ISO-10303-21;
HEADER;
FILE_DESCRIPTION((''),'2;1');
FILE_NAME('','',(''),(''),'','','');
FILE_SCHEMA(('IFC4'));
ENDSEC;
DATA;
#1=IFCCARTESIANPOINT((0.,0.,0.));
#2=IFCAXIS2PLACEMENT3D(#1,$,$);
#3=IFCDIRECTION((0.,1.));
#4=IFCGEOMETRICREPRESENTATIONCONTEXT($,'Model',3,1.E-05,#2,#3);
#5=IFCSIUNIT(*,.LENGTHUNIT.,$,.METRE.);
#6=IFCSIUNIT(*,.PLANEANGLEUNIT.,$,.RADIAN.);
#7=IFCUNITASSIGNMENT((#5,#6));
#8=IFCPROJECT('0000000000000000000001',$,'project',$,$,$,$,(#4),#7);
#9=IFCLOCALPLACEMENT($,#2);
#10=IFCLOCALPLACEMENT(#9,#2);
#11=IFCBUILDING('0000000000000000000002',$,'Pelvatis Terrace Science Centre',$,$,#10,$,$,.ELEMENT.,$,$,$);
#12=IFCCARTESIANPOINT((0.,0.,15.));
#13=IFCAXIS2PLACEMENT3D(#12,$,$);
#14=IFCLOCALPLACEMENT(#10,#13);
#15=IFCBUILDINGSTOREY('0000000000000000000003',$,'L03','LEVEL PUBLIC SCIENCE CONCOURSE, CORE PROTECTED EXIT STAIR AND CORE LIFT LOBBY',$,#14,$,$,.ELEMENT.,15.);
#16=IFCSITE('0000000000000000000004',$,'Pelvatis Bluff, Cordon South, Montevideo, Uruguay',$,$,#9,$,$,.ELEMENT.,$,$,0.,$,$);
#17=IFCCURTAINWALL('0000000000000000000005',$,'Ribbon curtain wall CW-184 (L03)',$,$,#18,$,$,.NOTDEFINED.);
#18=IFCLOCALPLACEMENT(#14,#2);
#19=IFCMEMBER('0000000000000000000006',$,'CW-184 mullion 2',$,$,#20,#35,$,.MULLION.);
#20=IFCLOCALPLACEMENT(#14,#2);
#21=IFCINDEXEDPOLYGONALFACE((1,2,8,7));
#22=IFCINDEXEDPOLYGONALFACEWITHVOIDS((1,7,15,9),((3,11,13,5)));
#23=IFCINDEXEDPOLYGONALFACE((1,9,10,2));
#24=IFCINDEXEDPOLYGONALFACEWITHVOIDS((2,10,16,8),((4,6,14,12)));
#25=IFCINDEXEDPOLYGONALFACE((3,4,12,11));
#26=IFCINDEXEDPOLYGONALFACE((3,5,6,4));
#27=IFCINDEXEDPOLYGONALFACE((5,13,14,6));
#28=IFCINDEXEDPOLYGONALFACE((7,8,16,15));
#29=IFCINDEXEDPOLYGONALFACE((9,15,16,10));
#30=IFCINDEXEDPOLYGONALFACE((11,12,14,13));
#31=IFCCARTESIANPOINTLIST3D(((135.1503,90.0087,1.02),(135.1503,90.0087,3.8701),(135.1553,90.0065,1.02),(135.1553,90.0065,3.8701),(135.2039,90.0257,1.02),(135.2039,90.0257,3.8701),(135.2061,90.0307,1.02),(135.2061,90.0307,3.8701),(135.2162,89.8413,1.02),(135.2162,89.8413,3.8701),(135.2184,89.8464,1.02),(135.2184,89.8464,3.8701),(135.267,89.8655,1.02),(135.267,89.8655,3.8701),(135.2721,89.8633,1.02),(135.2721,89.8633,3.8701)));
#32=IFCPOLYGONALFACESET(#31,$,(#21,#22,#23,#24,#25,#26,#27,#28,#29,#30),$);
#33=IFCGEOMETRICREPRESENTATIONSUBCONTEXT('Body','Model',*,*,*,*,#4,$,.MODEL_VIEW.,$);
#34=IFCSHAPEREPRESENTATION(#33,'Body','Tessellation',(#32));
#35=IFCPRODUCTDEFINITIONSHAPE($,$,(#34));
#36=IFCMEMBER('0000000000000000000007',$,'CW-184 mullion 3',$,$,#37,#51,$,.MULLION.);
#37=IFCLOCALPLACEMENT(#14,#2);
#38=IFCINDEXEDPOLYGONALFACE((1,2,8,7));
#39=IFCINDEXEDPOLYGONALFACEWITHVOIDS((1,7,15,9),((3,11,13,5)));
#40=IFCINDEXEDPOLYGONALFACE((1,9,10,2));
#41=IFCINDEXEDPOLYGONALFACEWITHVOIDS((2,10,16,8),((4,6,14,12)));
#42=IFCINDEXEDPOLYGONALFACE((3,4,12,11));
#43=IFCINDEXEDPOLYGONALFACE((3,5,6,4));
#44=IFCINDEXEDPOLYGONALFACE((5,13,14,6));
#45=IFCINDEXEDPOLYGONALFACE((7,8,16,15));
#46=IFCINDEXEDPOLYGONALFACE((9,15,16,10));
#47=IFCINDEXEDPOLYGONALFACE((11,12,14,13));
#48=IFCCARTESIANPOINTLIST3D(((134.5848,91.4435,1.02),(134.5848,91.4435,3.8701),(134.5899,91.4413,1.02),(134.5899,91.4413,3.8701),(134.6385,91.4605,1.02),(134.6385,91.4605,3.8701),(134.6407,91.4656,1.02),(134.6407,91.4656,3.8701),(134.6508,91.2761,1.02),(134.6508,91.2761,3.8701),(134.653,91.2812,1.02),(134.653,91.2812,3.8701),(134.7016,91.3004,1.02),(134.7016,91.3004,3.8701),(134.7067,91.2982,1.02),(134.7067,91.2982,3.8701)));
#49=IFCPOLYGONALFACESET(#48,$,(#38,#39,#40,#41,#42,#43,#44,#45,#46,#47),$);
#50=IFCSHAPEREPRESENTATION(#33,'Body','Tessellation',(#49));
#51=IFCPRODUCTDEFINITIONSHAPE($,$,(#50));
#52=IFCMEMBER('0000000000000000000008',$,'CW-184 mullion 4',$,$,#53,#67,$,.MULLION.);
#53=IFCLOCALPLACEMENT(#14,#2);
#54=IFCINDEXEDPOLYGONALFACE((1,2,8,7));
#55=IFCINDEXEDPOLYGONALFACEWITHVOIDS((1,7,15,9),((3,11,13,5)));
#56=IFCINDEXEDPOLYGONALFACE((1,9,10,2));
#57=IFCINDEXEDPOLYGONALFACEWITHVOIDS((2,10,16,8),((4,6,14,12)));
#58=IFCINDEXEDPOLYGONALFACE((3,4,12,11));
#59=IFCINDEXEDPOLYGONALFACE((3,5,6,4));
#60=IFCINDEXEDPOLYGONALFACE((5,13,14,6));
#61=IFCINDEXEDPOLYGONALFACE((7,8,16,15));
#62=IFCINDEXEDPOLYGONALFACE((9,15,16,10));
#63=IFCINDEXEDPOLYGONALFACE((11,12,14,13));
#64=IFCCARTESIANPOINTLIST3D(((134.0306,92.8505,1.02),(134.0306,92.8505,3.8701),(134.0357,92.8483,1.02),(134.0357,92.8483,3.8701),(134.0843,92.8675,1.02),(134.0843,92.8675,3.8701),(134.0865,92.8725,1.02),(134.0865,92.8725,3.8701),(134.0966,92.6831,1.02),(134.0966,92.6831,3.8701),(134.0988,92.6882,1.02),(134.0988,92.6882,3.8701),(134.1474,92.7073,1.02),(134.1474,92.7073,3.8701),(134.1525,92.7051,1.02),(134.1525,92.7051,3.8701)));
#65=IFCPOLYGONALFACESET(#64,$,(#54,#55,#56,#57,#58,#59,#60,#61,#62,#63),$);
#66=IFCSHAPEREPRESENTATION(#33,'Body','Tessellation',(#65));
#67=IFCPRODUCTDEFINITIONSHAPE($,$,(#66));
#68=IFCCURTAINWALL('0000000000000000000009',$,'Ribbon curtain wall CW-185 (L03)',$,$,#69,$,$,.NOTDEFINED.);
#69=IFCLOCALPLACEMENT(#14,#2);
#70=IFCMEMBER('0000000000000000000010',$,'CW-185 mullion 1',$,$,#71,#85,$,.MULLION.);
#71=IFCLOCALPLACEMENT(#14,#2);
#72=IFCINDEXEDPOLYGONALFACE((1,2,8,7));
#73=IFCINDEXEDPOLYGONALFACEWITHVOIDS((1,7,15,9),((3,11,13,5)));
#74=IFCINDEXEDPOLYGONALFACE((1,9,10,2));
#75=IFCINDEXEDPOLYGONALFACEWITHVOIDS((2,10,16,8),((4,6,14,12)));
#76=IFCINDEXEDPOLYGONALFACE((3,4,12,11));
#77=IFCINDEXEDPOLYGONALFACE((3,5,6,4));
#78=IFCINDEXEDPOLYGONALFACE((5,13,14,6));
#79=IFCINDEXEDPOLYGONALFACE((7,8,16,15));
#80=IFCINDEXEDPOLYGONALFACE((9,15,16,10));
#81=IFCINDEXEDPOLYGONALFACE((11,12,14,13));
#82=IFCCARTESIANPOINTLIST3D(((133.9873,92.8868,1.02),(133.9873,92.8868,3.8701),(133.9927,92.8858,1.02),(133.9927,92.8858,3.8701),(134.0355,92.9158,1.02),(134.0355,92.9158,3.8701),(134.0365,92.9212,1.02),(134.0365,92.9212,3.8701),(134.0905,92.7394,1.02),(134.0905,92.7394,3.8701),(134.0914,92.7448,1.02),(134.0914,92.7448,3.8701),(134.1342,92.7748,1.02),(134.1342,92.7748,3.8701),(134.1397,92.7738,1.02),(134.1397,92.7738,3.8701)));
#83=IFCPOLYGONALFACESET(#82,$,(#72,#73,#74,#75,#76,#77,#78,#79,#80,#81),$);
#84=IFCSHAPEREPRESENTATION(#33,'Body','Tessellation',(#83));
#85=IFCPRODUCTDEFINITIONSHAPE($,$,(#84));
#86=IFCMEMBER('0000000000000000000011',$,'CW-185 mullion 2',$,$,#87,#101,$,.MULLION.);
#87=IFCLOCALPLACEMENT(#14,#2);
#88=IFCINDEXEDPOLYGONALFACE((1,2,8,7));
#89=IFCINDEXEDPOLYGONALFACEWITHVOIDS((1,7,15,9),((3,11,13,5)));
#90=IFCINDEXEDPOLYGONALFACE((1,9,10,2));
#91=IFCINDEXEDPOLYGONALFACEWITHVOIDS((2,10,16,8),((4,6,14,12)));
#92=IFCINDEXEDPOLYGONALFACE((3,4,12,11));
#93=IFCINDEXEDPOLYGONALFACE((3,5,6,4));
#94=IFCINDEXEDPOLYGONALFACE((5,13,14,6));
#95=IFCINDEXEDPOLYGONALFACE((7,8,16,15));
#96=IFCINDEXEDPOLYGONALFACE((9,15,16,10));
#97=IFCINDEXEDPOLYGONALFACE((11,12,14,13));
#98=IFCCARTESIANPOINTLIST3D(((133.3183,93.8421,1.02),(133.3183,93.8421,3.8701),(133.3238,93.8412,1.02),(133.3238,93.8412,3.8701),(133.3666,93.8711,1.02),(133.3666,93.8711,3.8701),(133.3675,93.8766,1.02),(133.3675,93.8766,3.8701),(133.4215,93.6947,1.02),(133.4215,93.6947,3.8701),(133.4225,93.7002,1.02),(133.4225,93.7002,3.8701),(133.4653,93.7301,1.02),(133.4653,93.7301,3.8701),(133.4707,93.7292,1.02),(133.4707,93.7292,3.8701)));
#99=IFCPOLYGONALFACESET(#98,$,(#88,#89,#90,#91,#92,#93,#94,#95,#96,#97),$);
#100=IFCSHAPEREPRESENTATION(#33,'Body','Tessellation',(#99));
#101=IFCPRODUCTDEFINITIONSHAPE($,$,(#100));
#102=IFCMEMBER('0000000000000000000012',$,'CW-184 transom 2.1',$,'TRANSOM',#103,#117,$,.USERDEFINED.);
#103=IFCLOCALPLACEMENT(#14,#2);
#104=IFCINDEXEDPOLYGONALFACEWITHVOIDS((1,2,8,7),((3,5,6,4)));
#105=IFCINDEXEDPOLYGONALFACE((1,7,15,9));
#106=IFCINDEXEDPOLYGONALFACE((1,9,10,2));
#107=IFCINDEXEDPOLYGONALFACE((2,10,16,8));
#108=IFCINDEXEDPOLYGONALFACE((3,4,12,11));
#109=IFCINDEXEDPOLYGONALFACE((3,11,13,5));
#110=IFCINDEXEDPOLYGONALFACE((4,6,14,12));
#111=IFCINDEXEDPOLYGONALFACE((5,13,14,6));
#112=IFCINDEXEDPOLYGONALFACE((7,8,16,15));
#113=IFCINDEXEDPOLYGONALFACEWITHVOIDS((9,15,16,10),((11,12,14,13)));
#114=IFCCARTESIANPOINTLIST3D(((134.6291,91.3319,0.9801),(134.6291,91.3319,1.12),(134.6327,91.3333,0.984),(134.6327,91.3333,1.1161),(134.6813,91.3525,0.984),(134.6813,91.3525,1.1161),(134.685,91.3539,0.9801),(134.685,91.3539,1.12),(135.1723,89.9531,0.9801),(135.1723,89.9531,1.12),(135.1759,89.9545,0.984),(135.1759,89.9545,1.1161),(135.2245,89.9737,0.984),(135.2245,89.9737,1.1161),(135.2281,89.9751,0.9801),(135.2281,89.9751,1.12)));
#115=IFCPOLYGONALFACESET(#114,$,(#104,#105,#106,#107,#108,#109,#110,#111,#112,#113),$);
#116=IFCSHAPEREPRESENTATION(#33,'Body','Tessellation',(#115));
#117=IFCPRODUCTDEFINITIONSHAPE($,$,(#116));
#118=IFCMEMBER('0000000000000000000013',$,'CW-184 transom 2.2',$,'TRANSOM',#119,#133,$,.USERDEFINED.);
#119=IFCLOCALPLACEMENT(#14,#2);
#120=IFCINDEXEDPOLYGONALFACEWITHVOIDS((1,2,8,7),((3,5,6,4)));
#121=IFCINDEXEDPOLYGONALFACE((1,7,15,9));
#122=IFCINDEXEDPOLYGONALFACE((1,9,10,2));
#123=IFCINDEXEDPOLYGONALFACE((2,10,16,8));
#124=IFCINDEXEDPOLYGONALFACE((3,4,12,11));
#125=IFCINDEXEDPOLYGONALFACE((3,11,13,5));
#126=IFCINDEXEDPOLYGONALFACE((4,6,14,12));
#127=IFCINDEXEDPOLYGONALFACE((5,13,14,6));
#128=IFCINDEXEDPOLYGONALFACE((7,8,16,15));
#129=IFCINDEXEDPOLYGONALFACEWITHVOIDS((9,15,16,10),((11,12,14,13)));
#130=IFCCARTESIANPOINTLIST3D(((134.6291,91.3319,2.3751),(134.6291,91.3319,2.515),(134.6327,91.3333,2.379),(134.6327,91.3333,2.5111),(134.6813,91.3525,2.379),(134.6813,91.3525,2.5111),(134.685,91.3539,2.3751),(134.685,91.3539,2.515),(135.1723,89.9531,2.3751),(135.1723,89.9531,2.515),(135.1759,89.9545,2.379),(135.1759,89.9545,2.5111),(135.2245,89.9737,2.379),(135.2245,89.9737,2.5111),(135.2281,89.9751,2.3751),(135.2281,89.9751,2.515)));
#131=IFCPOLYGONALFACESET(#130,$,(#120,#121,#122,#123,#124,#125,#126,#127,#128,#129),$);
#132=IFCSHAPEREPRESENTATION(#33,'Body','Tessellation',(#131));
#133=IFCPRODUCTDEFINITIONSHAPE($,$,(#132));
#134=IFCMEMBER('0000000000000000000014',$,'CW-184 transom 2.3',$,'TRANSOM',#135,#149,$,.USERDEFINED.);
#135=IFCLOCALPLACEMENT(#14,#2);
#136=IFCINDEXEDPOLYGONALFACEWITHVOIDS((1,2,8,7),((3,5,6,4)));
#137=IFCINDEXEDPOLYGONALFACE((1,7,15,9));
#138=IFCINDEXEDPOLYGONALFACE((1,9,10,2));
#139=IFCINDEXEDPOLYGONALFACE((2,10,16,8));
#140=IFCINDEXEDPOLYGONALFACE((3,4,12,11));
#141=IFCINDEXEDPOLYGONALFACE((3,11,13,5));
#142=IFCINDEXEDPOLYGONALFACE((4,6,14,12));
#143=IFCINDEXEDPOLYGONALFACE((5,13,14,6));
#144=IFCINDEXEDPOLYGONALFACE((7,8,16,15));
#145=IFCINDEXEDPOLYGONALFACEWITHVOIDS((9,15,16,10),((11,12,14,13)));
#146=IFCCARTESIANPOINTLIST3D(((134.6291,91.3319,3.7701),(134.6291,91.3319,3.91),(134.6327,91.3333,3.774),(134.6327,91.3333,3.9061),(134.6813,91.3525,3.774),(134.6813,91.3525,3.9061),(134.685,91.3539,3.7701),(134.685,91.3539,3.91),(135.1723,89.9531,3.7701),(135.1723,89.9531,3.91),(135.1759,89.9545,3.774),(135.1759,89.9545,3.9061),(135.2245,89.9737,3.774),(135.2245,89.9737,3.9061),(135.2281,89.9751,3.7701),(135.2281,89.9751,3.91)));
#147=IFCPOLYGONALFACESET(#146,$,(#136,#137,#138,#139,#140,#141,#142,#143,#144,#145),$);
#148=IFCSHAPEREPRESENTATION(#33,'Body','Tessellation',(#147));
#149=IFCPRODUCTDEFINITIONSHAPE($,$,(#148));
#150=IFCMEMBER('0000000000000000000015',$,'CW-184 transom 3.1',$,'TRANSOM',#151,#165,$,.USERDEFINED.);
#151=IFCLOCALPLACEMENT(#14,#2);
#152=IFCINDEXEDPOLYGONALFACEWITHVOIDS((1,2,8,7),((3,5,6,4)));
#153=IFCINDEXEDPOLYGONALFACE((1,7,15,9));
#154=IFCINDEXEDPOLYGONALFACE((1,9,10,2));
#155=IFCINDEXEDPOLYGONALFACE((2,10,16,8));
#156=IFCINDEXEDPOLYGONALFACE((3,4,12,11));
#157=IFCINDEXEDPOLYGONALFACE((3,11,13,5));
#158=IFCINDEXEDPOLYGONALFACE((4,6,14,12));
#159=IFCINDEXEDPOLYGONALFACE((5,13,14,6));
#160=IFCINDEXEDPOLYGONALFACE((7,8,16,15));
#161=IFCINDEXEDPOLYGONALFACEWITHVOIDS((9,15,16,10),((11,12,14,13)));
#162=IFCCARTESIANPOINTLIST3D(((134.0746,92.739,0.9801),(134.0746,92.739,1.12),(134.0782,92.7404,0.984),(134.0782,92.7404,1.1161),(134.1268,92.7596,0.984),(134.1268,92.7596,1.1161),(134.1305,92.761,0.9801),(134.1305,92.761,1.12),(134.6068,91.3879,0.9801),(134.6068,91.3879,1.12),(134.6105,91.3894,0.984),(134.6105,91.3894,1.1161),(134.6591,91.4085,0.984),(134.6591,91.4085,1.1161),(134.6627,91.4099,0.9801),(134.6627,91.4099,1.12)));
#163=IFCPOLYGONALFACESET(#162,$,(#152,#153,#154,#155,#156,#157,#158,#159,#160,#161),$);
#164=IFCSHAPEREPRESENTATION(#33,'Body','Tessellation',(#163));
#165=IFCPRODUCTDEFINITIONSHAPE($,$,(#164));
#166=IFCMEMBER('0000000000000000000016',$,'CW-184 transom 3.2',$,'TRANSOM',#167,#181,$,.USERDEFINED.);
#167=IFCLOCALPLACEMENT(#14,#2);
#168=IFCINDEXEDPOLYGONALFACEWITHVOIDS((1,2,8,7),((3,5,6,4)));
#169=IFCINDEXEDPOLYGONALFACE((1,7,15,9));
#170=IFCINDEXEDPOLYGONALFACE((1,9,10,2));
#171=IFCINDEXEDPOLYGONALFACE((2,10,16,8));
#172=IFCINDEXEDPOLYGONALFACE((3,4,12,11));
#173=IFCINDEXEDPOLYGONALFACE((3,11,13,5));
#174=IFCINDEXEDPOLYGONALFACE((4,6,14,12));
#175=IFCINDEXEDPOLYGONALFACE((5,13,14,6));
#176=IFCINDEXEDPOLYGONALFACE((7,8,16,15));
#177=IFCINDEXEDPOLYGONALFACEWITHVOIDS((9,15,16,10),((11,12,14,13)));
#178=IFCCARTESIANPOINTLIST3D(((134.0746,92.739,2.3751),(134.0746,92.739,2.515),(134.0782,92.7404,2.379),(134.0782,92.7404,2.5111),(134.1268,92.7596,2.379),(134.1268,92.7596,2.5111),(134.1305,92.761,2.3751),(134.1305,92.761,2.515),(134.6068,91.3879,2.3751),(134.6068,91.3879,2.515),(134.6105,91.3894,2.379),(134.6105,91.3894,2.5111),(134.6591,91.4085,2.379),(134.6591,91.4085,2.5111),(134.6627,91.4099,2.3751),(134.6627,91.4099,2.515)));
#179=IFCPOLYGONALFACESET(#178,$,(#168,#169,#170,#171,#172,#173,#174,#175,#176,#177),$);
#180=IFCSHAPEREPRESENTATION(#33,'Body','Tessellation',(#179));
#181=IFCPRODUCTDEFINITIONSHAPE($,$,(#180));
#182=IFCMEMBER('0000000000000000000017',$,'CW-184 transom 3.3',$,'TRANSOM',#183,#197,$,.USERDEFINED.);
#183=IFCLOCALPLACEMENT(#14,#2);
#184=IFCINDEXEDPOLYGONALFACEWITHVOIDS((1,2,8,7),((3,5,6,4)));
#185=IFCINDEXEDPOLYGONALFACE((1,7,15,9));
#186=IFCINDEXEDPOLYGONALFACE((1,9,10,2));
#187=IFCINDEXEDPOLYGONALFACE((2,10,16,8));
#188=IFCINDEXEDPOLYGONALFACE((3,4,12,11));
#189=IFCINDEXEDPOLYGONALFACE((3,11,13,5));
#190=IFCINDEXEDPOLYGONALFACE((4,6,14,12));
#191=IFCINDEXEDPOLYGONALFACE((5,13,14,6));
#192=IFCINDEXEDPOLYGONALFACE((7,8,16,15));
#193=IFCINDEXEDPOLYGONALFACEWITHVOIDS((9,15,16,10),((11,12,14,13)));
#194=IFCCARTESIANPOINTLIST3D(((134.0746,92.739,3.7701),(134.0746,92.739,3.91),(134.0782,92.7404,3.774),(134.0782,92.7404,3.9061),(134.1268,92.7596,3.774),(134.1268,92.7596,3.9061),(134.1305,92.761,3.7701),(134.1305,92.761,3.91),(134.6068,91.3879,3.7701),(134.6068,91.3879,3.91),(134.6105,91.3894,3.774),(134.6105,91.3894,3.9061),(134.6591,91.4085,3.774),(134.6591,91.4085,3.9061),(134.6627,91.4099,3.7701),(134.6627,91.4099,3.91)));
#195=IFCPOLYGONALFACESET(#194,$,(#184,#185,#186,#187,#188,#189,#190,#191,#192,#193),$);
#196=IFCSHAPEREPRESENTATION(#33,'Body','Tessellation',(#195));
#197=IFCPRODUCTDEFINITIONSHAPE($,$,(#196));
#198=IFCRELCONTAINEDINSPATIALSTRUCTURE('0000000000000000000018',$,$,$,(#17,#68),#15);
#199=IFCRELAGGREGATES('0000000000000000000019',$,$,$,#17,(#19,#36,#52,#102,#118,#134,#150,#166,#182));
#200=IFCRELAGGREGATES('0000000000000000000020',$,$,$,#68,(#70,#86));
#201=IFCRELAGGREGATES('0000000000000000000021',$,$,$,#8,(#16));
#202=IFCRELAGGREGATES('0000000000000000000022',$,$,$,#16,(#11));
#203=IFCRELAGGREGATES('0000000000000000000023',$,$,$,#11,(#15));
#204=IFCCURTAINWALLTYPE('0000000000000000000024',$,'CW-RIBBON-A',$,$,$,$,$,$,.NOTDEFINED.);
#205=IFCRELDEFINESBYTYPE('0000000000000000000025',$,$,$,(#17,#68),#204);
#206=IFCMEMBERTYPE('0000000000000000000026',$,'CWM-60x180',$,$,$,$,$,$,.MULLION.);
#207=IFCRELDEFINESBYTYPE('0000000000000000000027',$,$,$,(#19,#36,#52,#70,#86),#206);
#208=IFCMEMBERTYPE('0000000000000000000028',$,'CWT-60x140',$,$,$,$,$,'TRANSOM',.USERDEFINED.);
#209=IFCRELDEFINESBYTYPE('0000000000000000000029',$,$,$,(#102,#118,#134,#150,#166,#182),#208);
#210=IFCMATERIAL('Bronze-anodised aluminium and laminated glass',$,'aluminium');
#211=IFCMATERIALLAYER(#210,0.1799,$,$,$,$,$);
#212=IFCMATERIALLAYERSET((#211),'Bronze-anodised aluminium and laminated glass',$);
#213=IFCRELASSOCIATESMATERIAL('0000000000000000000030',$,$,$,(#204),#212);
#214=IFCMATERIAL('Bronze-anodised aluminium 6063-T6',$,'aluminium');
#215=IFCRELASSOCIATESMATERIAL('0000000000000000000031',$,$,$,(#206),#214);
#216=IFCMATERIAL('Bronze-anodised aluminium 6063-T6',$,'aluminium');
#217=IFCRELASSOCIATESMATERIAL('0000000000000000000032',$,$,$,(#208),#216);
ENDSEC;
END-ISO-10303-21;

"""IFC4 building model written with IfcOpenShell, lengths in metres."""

from ifc_helpers import new_model, si_unit, direction, frame, origin, origin_2d, place, context, subcontext, project, spatial, hollow_rectangle, extrude, material, layer, layer_set, material_profile, profile_set, type_object, element, aggregate, save


model = new_model("IFC4")

# Units and contexts
model_context = context("Model", 3, precision=1e-05, world=origin(), true_north=direction((0.0, 1.0)))
body_context = subcontext(model_context, "Body", "Model", "MODEL_VIEW")
ifc_project = project(units=[si_unit("LENGTHUNIT", "METRE"), si_unit("PLANEANGLEUNIT", "RADIAN")], contexts=[model_context])

# Site, building, storey
site_placement = place(None, origin())
site = spatial("IfcSite", under=ifc_project, at=site_placement, Name="Pelvatis Bluff, Cordon South, Montevideo, Uruguay", CompositionType="ELEMENT", RefElevation=0.0)
building_placement = place(site_placement, origin())
building = spatial("IfcBuilding", under=site, at=building_placement, Name="Pelvatis Terrace Science Centre", CompositionType="ELEMENT")
storey_placement = place(building_placement, frame((0.0, 0.0, 15.0)))
storey = spatial("IfcBuildingStorey", under=building, at=storey_placement, Name="L03", Description="LEVEL PUBLIC SCIENCE CONCOURSE, CORE PROTECTED EXIT STAIR AND CORE LIFT LOBBY", CompositionType="ELEMENT", Elevation=15.0)

# Curtain walls, members
ifc_material_1 = material(Name="Bronze-anodised aluminium and laminated glass", Category="aluminium")
ifc_layer_1 = layer(ifc_material_1, 0.1799)
ifc_layer_set_1 = layer_set([ifc_layer_1], Name="Bronze-anodised aluminium and laminated glass")
curtain_wall_type = type_object("IfcCurtainWallType", Name="CW-RIBBON-A", PredefinedType="NOTDEFINED", material=ifc_layer_set_1)
curtain_wall_1_placement = place(storey_placement, origin())
curtain_wall_1 = element("IfcCurtainWall", 1, at=curtain_wall_1_placement, inside=storey, type_object=curtain_wall_type, Name="Ribbon curtain wall CW-184 (L03)", PredefinedType="NOTDEFINED")
ifc_material_2 = material(Name="Bronze-anodised aluminium 6063-T6", Category="aluminium")
ifc_material_profile_1 = material_profile(ifc_material_2, hollow_rectangle(XDim=0.0601, YDim=0.1799, WallThickness=0.0039, at=origin_2d()), Name="ALU-MUL 60x180")
ifc_profile_set_1 = profile_set([ifc_material_profile_1], Name="Bronze-anodised aluminium 6063-T6")
member_type_1 = type_object("IfcMemberType", Name="CWM-60x180", PredefinedType="MULLION", material=ifc_profile_set_1)
member_1_placement = place(storey_placement, frame((135.2112, 89.936, 1.02), z_axis=(0.0, 0.0, 1.0), x_axis=(-0.930402, -0.366541, 0.0)))
member_1 = element("IfcMember", 2, at=member_1_placement, type_object=member_type_1, Name="CW-184 mullion 2", PredefinedType="MULLION", context=body_context, shape_type="SweptSolid", body=[
    extrude(hollow_rectangle(XDim=0.0601, YDim=0.1799, WallThickness=0.0039, at=origin_2d()), origin(), (0.0, 0.0, 1.0), 2.8501),
])
member_2_placement = place(storey_placement, frame((134.6458, 91.3708, 1.02), z_axis=(0.0, 0.0, 1.0), x_axis=(-0.930402, -0.366541, 0.0)))
member_2 = element("IfcMember", 3, at=member_2_placement, type_object=member_type_1, Name="CW-184 mullion 3", PredefinedType="MULLION", context=body_context, shape_type="SweptSolid", body=[
    extrude(hollow_rectangle(XDim=0.0601, YDim=0.1799, WallThickness=0.0039, at=origin_2d()), origin(), (0.0, 0.0, 1.0), 2.8501),
])
member_3_placement = place(storey_placement, frame((134.0916, 92.7778, 1.02), z_axis=(0.0, 0.0, 1.0), x_axis=(-0.930402, -0.366541, 0.0)))
member_3 = element("IfcMember", 4, at=member_3_placement, type_object=member_type_1, Name="CW-184 mullion 4", PredefinedType="MULLION", context=body_context, shape_type="SweptSolid", body=[
    extrude(hollow_rectangle(XDim=0.0601, YDim=0.1799, WallThickness=0.0039, at=origin_2d()), origin(), (0.0, 0.0, 1.0), 2.8501),
])
curtain_wall_2_placement = place(storey_placement, origin())
curtain_wall_2 = element("IfcCurtainWall", 5, at=curtain_wall_2_placement, inside=storey, type_object=curtain_wall_type, Name="Ribbon curtain wall CW-185 (L03)", PredefinedType="NOTDEFINED")
member_4_placement = place(storey_placement, frame((134.0635, 92.8303, 1.02), z_axis=(0.0, 0.0, 1.0), x_axis=(-0.819228, -0.573468, 0.0)))
member_4 = element("IfcMember", 6, at=member_4_placement, type_object=member_type_1, Name="CW-185 mullion 1", PredefinedType="MULLION", context=body_context, shape_type="SweptSolid", body=[
    extrude(hollow_rectangle(XDim=0.0601, YDim=0.1799, WallThickness=0.0039, at=origin_2d()), origin(), (0.0, 0.0, 1.0), 2.8501),
])
member_5_placement = place(storey_placement, frame((133.3945, 93.7856, 1.02), z_axis=(0.0, 0.0, 1.0), x_axis=(-0.819228, -0.573468, 0.0)))
member_5 = element("IfcMember", 7, at=member_5_placement, type_object=member_type_1, Name="CW-185 mullion 2", PredefinedType="MULLION", context=body_context, shape_type="SweptSolid", body=[
    extrude(hollow_rectangle(XDim=0.0601, YDim=0.1799, WallThickness=0.0039, at=origin_2d()), origin(), (0.0, 0.0, 1.0), 2.8501),
])

# Members
ifc_material_3 = material(Name="Bronze-anodised aluminium 6063-T6", Category="aluminium")
ifc_material_profile_2 = material_profile(ifc_material_3, hollow_rectangle(XDim=0.0601, YDim=0.1399, WallThickness=0.0039, at=origin_2d()), Name="ALU-TRN 60x140")
ifc_profile_set_2 = profile_set([ifc_material_profile_2], Name="Bronze-anodised aluminium 6063-T6")
member_type_2 = type_object("IfcMemberType", Name="CWT-60x140", ElementType="TRANSOM", PredefinedType="USERDEFINED", material=ifc_profile_set_2)
member_6_placement = place(storey_placement, frame((135.2002, 89.9641, 1.05), z_axis=(-0.366529, 0.930407, 0.0), x_axis=(-0.930407, -0.366529, 0.0)))
member_6 = element("IfcMember", 8, at=member_6_placement, type_object=member_type_2, Name="CW-184 transom 2.1", ObjectType="TRANSOM", PredefinedType="USERDEFINED", context=body_context, shape_type="SweptSolid", body=[
    extrude(hollow_rectangle(XDim=0.0601, YDim=0.1399, WallThickness=0.0039, at=origin_2d()), origin(), (0.0, 0.0, 1.0), 1.4819),
])
member_7_placement = place(storey_placement, frame((135.2002, 89.9641, 2.4451), z_axis=(-0.366529, 0.930407, 0.0), x_axis=(-0.930407, -0.366529, 0.0)))
member_7 = element("IfcMember", 9, at=member_7_placement, type_object=member_type_2, Name="CW-184 transom 2.2", ObjectType="TRANSOM", PredefinedType="USERDEFINED", context=body_context, shape_type="SweptSolid", body=[
    extrude(hollow_rectangle(XDim=0.0601, YDim=0.1399, WallThickness=0.0039, at=origin_2d()), origin(), (0.0, 0.0, 1.0), 1.4819),
])
member_8_placement = place(storey_placement, frame((135.2002, 89.9641, 3.8401), z_axis=(-0.366529, 0.930407, 0.0), x_axis=(-0.930407, -0.366529, 0.0)))
member_8 = element("IfcMember", 10, at=member_8_placement, type_object=member_type_2, Name="CW-184 transom 2.3", ObjectType="TRANSOM", PredefinedType="USERDEFINED", context=body_context, shape_type="SweptSolid", body=[
    extrude(hollow_rectangle(XDim=0.0601, YDim=0.1399, WallThickness=0.0039, at=origin_2d()), origin(), (0.0, 0.0, 1.0), 1.4819),
])
member_9_placement = place(storey_placement, frame((134.6348, 91.3989, 1.05), z_axis=(-0.366516, 0.930412, 0.0), x_axis=(-0.930412, -0.366516, 0.0)))
member_9 = element("IfcMember", 11, at=member_9_placement, type_object=member_type_2, Name="CW-184 transom 3.1", ObjectType="TRANSOM", PredefinedType="USERDEFINED", context=body_context, shape_type="SweptSolid", body=[
    extrude(hollow_rectangle(XDim=0.0601, YDim=0.1399, WallThickness=0.0039, at=origin_2d()), origin(), (0.0, 0.0, 1.0), 1.4521),
])
member_10_placement = place(storey_placement, frame((134.6348, 91.3989, 2.4451), z_axis=(-0.366516, 0.930412, 0.0), x_axis=(-0.930412, -0.366516, 0.0)))
member_10 = element("IfcMember", 12, at=member_10_placement, type_object=member_type_2, Name="CW-184 transom 3.2", ObjectType="TRANSOM", PredefinedType="USERDEFINED", context=body_context, shape_type="SweptSolid", body=[
    extrude(hollow_rectangle(XDim=0.0601, YDim=0.1399, WallThickness=0.0039, at=origin_2d()), origin(), (0.0, 0.0, 1.0), 1.4521),
])
member_11_placement = place(storey_placement, frame((134.6348, 91.3989, 3.8401), z_axis=(-0.366516, 0.930412, 0.0), x_axis=(-0.930412, -0.366516, 0.0)))
member_11 = element("IfcMember", 13, at=member_11_placement, type_object=member_type_2, Name="CW-184 transom 3.3", ObjectType="TRANSOM", PredefinedType="USERDEFINED", context=body_context, shape_type="SweptSolid", body=[
    extrude(hollow_rectangle(XDim=0.0601, YDim=0.1399, WallThickness=0.0039, at=origin_2d()), origin(), (0.0, 0.0, 1.0), 1.4521),
])

aggregate(curtain_wall_1, [member_1, member_2, member_3, member_6, member_7, member_8, member_9, member_10, member_11])
aggregate(curtain_wall_2, [member_4, member_5])

save(model, "model.ifc")
